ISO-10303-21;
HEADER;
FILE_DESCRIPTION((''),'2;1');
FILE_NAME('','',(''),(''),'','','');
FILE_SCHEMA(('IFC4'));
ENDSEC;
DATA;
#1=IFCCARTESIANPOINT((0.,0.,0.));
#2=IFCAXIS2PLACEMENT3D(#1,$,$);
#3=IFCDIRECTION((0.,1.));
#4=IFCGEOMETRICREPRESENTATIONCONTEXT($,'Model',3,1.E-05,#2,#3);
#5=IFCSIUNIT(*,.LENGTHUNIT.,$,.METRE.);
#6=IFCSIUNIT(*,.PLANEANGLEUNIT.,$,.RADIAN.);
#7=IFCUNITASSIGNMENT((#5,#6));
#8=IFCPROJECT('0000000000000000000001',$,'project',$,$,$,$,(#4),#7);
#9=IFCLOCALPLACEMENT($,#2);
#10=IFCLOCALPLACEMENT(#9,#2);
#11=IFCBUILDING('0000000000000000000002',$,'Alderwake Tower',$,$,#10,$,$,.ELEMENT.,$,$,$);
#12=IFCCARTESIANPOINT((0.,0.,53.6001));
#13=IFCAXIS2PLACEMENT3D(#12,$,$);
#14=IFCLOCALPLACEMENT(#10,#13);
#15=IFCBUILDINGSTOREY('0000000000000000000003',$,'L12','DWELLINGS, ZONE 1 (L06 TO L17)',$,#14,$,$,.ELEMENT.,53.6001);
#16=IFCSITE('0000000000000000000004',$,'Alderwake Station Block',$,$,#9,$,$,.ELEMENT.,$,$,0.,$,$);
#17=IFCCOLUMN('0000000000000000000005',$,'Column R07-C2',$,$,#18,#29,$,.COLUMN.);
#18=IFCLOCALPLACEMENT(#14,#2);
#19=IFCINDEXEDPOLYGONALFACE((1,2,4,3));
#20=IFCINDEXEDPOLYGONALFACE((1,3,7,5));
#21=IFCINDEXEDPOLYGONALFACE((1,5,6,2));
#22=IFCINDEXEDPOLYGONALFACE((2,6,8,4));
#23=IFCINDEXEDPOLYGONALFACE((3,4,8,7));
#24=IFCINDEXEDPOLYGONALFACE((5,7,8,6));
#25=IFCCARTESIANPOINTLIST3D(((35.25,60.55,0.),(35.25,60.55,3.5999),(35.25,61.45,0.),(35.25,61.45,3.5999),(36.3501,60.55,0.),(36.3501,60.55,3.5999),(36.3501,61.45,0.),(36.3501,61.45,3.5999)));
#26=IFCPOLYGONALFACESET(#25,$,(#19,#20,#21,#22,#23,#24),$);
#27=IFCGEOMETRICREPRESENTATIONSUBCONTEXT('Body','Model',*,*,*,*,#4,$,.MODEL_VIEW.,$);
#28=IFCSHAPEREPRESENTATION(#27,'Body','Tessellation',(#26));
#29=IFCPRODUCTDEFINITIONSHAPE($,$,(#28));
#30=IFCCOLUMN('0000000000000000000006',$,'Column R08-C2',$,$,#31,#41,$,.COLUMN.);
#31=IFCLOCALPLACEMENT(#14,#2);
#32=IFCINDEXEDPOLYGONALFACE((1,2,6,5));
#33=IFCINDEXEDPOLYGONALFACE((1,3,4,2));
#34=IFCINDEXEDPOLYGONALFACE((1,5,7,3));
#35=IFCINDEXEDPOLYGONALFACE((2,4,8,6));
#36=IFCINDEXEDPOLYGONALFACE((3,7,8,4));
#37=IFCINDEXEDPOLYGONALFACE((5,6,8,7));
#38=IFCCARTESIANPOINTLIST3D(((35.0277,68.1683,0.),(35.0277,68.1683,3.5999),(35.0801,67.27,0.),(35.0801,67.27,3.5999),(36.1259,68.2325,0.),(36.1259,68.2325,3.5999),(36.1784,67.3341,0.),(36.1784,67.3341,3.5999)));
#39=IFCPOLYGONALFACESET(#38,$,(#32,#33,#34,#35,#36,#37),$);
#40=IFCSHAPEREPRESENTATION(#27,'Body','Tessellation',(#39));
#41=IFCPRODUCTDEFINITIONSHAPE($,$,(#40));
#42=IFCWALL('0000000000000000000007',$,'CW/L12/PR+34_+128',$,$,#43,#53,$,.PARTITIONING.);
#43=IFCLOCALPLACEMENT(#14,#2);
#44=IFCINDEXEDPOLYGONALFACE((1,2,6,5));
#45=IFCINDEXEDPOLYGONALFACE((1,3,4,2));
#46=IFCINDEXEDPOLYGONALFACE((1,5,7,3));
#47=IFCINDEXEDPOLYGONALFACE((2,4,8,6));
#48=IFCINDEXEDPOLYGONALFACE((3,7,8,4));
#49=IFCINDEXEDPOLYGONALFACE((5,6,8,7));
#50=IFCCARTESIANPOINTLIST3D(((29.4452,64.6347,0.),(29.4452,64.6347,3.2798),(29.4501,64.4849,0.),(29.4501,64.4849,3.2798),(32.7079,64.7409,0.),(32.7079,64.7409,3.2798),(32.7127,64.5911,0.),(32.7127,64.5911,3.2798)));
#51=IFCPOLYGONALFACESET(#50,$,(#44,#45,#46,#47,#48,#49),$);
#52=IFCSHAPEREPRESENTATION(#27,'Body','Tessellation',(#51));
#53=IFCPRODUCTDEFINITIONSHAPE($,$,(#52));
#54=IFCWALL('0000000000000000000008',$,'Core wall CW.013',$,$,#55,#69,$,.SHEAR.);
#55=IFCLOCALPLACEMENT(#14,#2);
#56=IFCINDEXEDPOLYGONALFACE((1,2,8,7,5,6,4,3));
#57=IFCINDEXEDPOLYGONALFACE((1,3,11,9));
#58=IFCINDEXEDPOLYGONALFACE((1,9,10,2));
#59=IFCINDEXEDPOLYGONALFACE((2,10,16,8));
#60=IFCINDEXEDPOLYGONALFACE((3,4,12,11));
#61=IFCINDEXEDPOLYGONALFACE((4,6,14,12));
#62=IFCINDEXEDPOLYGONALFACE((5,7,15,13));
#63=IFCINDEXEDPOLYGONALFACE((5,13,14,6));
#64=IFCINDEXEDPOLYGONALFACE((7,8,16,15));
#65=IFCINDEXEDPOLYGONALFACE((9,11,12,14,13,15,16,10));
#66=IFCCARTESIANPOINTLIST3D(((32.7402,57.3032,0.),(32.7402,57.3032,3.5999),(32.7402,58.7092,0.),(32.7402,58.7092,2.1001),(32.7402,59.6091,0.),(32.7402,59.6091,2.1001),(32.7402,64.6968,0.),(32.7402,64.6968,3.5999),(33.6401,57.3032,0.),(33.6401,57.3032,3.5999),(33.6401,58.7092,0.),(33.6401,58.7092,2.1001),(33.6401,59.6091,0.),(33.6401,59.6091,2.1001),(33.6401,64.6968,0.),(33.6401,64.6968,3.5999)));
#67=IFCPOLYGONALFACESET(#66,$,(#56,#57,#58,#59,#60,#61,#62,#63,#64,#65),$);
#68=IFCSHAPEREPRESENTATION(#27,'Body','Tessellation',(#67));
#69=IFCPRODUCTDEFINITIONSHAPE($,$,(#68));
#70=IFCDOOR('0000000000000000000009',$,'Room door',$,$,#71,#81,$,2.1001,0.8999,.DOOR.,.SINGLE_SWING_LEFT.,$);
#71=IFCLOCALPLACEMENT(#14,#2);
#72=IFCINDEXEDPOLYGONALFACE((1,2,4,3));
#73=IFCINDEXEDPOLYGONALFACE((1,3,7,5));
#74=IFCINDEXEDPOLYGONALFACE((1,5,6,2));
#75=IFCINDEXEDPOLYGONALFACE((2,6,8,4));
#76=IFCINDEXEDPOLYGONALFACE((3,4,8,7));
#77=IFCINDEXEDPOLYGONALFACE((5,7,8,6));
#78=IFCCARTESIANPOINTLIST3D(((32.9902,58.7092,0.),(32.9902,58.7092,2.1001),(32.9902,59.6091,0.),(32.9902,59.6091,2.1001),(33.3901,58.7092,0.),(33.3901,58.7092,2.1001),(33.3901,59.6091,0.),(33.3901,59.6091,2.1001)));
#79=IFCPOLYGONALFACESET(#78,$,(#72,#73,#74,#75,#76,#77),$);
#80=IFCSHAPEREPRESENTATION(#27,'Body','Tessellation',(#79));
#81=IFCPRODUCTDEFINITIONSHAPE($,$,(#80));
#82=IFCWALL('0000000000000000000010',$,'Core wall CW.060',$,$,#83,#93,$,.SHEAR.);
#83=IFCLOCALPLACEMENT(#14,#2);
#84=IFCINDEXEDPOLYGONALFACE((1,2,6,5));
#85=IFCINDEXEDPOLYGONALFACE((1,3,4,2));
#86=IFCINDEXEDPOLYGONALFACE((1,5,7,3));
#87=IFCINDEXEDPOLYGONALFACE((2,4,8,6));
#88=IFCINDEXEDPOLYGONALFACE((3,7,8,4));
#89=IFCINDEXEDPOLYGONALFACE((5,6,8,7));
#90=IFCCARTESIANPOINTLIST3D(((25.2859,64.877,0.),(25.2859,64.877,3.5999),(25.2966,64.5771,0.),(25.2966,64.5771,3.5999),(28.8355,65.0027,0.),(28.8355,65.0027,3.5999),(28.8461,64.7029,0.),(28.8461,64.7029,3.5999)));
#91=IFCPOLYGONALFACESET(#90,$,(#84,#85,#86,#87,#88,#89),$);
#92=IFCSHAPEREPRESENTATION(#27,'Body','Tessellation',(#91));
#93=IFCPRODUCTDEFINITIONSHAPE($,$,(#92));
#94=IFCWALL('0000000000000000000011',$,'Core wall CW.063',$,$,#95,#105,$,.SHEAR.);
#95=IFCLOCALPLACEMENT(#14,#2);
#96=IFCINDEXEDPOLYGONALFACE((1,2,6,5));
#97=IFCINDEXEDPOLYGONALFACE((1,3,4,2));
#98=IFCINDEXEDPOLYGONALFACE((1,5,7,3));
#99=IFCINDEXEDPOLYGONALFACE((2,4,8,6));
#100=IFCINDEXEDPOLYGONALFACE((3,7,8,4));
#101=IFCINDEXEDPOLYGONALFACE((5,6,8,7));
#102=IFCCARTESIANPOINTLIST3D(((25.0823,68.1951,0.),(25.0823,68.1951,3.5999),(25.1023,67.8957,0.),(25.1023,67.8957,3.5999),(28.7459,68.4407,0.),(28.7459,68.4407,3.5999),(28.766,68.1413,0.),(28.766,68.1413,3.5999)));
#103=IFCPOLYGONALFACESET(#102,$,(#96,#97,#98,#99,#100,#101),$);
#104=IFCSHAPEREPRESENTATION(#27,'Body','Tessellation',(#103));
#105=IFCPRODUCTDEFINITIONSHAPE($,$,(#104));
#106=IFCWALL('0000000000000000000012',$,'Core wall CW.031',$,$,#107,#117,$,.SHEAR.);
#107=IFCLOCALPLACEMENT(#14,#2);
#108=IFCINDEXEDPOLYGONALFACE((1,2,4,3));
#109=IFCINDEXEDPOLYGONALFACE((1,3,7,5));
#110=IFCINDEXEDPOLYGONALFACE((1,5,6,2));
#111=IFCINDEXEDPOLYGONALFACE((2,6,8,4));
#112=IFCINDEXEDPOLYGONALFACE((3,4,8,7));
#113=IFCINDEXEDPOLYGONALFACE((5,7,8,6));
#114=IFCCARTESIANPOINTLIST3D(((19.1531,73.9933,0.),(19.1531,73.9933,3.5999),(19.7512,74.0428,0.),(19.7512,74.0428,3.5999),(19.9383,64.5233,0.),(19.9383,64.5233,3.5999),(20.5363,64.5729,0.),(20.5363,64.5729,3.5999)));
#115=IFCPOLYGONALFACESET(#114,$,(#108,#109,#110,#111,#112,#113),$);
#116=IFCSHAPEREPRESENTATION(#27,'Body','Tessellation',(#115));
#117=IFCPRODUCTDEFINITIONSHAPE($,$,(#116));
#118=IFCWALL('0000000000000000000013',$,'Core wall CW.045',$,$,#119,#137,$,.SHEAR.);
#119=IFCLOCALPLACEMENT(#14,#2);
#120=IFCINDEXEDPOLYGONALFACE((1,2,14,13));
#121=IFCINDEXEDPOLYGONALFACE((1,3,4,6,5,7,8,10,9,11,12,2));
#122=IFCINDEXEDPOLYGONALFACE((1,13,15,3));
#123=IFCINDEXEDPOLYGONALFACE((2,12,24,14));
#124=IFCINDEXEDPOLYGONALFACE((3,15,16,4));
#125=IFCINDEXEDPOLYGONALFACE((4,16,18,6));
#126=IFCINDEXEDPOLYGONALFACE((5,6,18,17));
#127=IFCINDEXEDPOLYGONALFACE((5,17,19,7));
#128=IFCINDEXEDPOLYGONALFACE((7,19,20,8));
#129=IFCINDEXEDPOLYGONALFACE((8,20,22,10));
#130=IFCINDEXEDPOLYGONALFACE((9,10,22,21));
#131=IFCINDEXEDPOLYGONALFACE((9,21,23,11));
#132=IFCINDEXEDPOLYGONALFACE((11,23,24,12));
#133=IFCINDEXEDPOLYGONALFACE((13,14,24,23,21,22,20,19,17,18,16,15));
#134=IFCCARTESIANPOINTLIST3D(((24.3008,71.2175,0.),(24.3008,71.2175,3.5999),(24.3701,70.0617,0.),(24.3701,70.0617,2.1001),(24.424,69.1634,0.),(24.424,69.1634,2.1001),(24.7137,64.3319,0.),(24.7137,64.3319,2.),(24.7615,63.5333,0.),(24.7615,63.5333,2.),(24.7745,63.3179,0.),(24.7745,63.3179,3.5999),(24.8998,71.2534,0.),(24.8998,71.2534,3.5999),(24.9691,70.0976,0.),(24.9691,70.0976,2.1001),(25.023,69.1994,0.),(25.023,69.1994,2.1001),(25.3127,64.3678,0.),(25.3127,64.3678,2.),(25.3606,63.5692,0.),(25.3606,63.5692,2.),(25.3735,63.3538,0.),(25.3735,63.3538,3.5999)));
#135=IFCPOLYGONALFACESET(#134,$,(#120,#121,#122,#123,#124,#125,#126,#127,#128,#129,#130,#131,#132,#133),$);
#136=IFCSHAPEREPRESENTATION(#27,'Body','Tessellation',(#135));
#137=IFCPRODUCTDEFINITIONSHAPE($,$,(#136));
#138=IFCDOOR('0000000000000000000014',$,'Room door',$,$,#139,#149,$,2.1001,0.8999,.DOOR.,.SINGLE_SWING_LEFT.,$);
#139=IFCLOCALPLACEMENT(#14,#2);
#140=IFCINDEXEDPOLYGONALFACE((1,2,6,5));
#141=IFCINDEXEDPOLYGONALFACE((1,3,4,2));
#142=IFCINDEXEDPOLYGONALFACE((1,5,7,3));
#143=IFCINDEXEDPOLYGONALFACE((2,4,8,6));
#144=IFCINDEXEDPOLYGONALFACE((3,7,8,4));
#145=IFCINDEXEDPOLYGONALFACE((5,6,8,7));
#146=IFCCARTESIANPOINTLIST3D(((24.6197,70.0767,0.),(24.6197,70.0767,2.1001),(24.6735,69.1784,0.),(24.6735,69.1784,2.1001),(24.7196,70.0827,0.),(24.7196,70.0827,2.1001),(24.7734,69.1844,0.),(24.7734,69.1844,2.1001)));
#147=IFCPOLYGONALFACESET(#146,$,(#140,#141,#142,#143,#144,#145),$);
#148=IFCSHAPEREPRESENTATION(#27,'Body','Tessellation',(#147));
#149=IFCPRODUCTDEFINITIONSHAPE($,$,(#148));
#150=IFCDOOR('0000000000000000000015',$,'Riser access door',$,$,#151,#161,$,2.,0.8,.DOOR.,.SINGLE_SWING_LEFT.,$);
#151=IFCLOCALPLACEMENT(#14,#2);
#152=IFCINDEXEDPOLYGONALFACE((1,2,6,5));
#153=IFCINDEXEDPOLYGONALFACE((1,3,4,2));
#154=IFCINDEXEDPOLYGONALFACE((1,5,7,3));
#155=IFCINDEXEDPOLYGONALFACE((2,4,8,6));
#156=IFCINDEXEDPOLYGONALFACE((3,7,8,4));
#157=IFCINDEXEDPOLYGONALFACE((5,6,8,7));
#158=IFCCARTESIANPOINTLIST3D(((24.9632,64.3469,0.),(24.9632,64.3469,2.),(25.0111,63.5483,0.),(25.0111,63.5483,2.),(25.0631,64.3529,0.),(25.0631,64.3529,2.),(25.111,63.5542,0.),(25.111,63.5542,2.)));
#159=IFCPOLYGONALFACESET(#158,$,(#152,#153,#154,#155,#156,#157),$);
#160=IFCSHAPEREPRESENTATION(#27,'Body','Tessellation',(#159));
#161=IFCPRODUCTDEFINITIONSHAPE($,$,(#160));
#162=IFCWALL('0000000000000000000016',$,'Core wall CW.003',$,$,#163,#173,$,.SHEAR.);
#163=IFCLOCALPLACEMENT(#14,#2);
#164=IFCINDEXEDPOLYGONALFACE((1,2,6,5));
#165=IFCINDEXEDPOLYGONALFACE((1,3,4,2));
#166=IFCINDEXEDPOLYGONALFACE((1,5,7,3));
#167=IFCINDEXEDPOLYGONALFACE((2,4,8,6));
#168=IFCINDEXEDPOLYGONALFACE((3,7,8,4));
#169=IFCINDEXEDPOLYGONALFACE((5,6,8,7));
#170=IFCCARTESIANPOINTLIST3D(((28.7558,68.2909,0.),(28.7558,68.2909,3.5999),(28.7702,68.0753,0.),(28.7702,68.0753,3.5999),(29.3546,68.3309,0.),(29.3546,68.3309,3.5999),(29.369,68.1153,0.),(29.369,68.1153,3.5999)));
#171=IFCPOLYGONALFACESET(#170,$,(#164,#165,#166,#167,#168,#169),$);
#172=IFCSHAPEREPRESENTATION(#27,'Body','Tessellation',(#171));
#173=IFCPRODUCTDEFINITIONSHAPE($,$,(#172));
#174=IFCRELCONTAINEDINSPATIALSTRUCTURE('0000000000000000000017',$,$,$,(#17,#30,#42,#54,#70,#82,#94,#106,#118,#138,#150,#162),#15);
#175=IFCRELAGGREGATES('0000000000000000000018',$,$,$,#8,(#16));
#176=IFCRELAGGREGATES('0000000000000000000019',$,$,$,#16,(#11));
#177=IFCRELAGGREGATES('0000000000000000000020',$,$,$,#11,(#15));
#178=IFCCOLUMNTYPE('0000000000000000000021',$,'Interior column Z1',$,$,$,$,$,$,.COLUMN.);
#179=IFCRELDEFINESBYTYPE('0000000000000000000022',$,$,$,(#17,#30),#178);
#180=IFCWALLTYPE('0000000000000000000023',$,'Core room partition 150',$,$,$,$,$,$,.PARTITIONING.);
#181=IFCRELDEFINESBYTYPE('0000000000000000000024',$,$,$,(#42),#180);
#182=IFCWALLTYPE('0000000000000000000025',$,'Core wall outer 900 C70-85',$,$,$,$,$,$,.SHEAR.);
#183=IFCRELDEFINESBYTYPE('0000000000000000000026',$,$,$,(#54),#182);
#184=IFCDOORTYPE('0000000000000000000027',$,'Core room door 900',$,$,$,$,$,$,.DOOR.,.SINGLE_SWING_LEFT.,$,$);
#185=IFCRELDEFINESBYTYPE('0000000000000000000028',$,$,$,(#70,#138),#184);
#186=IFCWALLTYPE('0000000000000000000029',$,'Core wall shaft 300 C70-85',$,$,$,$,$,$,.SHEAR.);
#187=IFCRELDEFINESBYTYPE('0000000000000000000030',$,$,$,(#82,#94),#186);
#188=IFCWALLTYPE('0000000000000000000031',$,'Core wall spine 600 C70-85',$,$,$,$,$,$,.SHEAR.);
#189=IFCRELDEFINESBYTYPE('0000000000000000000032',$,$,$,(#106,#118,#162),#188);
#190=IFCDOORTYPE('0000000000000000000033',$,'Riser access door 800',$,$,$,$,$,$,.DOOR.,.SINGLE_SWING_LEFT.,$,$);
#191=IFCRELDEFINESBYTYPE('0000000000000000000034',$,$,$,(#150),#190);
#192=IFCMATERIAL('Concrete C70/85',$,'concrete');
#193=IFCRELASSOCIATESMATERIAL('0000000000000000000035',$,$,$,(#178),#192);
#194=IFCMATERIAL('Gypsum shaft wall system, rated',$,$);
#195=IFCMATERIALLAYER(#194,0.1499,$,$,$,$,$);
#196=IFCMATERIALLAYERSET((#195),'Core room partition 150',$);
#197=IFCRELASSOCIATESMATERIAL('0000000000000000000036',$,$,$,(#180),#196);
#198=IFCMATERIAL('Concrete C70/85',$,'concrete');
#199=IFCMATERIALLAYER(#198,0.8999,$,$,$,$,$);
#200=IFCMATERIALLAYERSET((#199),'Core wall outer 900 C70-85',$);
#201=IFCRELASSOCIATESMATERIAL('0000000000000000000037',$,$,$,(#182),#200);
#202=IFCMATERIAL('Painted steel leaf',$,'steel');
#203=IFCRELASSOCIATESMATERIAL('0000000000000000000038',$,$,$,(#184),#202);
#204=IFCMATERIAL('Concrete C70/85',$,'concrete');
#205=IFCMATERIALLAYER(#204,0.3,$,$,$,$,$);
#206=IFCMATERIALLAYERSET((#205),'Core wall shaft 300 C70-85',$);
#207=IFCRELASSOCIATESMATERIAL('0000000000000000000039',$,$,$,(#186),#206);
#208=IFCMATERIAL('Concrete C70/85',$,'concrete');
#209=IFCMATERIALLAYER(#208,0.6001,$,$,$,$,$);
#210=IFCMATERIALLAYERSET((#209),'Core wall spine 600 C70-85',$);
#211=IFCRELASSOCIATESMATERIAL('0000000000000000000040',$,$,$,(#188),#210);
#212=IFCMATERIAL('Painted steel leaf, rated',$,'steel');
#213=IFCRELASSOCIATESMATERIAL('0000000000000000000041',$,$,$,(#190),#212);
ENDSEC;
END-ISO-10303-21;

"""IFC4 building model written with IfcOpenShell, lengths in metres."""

from ifc_helpers import new_model, si_unit, direction, frame, frame_2d, origin, origin_2d, place, context, subcontext, project, spatial, rectangle, extrude, material, layer, layer_set, material_profile, profile_set, type_object, element, fill, save


model = new_model("IFC4")

# Units and contexts
model_context = context("Model", 3, precision=1e-05, world=origin(), true_north=direction((0.0, 1.0)))
body_context = subcontext(model_context, "Body", "Model", "MODEL_VIEW")
ifc_project = project(units=[si_unit("LENGTHUNIT", "METRE"), si_unit("PLANEANGLEUNIT", "RADIAN")], contexts=[model_context])

# Site, building, storey
site_placement = place(None, origin())
site = spatial("IfcSite", under=ifc_project, at=site_placement, Name="Alderwake Station Block", CompositionType="ELEMENT", RefElevation=0.0)
building_placement = place(site_placement, origin())
building = spatial("IfcBuilding", under=site, at=building_placement, Name="Alderwake Tower", CompositionType="ELEMENT")
storey_placement = place(building_placement, frame((0.0, 0.0, 53.6001)))
storey = spatial("IfcBuildingStorey", under=building, at=storey_placement, Name="L12", Description="DWELLINGS, ZONE 1 (L06 TO L17)", CompositionType="ELEMENT", Elevation=53.6001)

# Columns
ifc_material_1 = material(Name="Concrete C70/85", Category="concrete")
ifc_material_profile = material_profile(ifc_material_1, rectangle(XDim=0.8999, YDim=1.1001, at=origin_2d()), Name="RC 1100X900")
ifc_profile_set = profile_set([ifc_material_profile], Name="Concrete C70/85")
column_type = type_object("IfcColumnType", Name="Interior column Z1", PredefinedType="COLUMN", material=ifc_profile_set)
for number, where, z_axis, x_axis, name in (
    (1, (35.8, 61.0, 0.0), (0.0, 0.0, 1.0), (0.0, 1.0, 0.0), "Column R07-C2"),
    (2, (35.603, 67.7512, 0.0), (0.0, 0.0, 1.0), (-0.058301, 0.998299, 0.0), "Column R08-C2"),
):
    element("IfcColumn", number, at=place(storey_placement, frame(where, z_axis=z_axis, x_axis=x_axis)), inside=storey, type_object=column_type, Name=name, PredefinedType="COLUMN", context=body_context, shape_type="SweptSolid", body=[
        extrude(rectangle(XDim=0.8999, YDim=1.1001, at=origin_2d()), origin(), (0.0, 0.0, 1.0), 3.5999),
    ])

# Wall
ifc_material_2 = material(Name="Gypsum shaft wall system, rated")
ifc_layer_1 = layer(ifc_material_2, 0.1499)
ifc_layer_set_1 = layer_set([ifc_layer_1], Name="Core room partition 150")
wall_type_1 = type_object("IfcWallType", Name="Core room partition 150", PredefinedType="PARTITIONING", material=ifc_layer_set_1)
wall_1_placement = place(storey_placement, frame((29.4475, 64.5598, 0.0), z_axis=(0.0, 0.0, 1.0), x_axis=(0.999471, 0.032533, 0.0)))
element("IfcWall", 3, at=wall_1_placement, inside=storey, type_object=wall_type_1, Name="CW/L12/PR+34_+128", PredefinedType="PARTITIONING", context=body_context, shape_type="SweptSolid", body=[
    extrude(rectangle(XDim=3.2644, YDim=0.1499, at=frame_2d((1.6323, 0.0))), origin(), (0.0, 0.0, 1.0), 3.2798),
])

# Wall, opening, door
ifc_material_3 = material(Name="Concrete C70/85", Category="concrete")
ifc_layer_2 = layer(ifc_material_3, 0.8999)
ifc_layer_set_2 = layer_set([ifc_layer_2], Name="Core wall outer 900 C70-85")
wall_type_2 = type_object("IfcWallType", Name="Core wall outer 900 C70-85", PredefinedType="SHEAR", material=ifc_layer_set_2)
wall_2_placement = place(storey_placement, frame((33.1902, 64.6968, 0.0), z_axis=(0.0, 0.0, 1.0), x_axis=(0.0, -1.0, 0.0)))
wall_2 = element("IfcWall", 4, at=wall_2_placement, inside=storey, type_object=wall_type_2, Name="Core wall CW.013", PredefinedType="SHEAR", context=body_context, shape_type="SweptSolid", body=[
    extrude(rectangle(XDim=7.3936, YDim=0.8999, at=frame_2d((3.6968, 0.0))), origin(), (0.0, 0.0, 1.0), 3.5999),
])
opening_1_placement = place(wall_2_placement, frame((5.0876, 0.0, 0.0)))
opening_1 = element("IfcOpeningElement", 5, at=opening_1_placement, cuts=wall_2, PredefinedType="OPENING", context=body_context, shape_type="SweptSolid", body=[
    extrude(rectangle(XDim=0.8999, YDim=2.1001, at=frame_2d((0.45, 1.05))), frame((0.0, 0.46, 0.0), z_axis=(0.0, -1.0, 0.0), x_axis=(1.0, 0.0, 0.0)), (0.0, 0.0, 1.0), 0.9199),
])
ifc_material_4 = material(Name="Painted steel leaf", Category="steel")
door_type_1 = type_object("IfcDoorType", Name="Core room door 900", OperationType="SINGLE_SWING_LEFT", PredefinedType="DOOR", material=ifc_material_4)
door_1_placement = place(opening_1_placement, origin())
door_1 = element("IfcDoor", 6, at=door_1_placement, inside=storey, type_object=door_type_1, Name="Room door", OperationType="SINGLE_SWING_LEFT", OverallHeight=2.1001, OverallWidth=0.8999, PredefinedType="DOOR", context=body_context, shape_type="SweptSolid", body=[
    extrude(rectangle(XDim=0.8999, YDim=2.1001, at=frame_2d((0.45, 1.05))), frame((0.0, 0.2, 0.0), z_axis=(0.0, -1.0, 0.0), x_axis=(1.0, 0.0, 0.0)), (0.0, 0.0, 1.0), 0.3999),
])
fill(opening_1, door_1)

# Walls
ifc_material_5 = material(Name="Concrete C70/85", Category="concrete")
ifc_layer_3 = layer(ifc_material_5, 0.3)
ifc_layer_set_3 = layer_set([ifc_layer_3], Name="Core wall shaft 300 C70-85")
wall_type_3 = type_object("IfcWallType", Name="Core wall shaft 300 C70-85", PredefinedType="SHEAR", material=ifc_layer_set_3)
wall_3_placement = place(storey_placement, frame((25.2913, 64.7271, 0.0), z_axis=(0.0, 0.0, 1.0), x_axis=(0.999373, 0.0354, 0.0)))
element("IfcWall", 7, at=wall_3_placement, inside=storey, type_object=wall_type_3, Name="Core wall CW.060", PredefinedType="SHEAR", context=body_context, shape_type="SweptSolid", body=[
    extrude(rectangle(XDim=3.5518, YDim=0.3, at=frame_2d((1.7759, 0.0))), origin(), (0.0, 0.0, 1.0), 3.5999),
])
wall_4_placement = place(storey_placement, frame((25.0923, 68.0454, 0.0), z_axis=(0.0, 0.0, 1.0), x_axis=(0.99776, 0.06689, 0.0)))
element("IfcWall", 8, at=wall_4_placement, inside=storey, type_object=wall_type_3, Name="Core wall CW.063", PredefinedType="SHEAR", context=body_context, shape_type="SweptSolid", body=[
    extrude(rectangle(XDim=3.6719, YDim=0.3, at=frame_2d((1.8359, 0.0))), origin(), (0.0, 0.0, 1.0), 3.5999),
])
ifc_material_6 = material(Name="Concrete C70/85", Category="concrete")
ifc_layer_4 = layer(ifc_material_6, 0.6001)
ifc_layer_set_4 = layer_set([ifc_layer_4], Name="Core wall spine 600 C70-85")
wall_type_4 = type_object("IfcWallType", Name="Core wall spine 600 C70-85", PredefinedType="SHEAR", material=ifc_layer_set_4)
wall_5_placement = place(storey_placement, frame((20.2373, 64.5481, 0.0), z_axis=(0.0, 0.0, 1.0), x_axis=(-0.082627, 0.996581, 0.0)))
element("IfcWall", 9, at=wall_5_placement, inside=storey, type_object=wall_type_4, Name="Core wall CW.031", PredefinedType="SHEAR", context=body_context, shape_type="SweptSolid", body=[
    extrude(rectangle(XDim=9.5024, YDim=0.6001, at=frame_2d((4.7512, 0.0))), origin(), (0.0, 0.0, 1.0), 3.5999),
])

# Wall, openings, doors
wall_6_placement = place(storey_placement, frame((25.074, 63.3357, 0.0), z_axis=(0.0, 0.0, 1.0), x_axis=(-0.059849, 0.998207, 0.0)))
wall_6 = element("IfcWall", 10, at=wall_6_placement, inside=storey, type_object=wall_type_4, Name="Core wall CW.045", PredefinedType="SHEAR", context=body_context, shape_type="SweptSolid", body=[
    extrude(rectangle(XDim=7.9138, YDim=0.6001, at=frame_2d((3.957, 0.0))), origin(), (0.0, 0.0, 1.0), 3.5999),
])
opening_2_placement = place(wall_6_placement, frame((0.2161, 0.0, 0.0)))
opening_2 = element("IfcOpeningElement", 11, at=opening_2_placement, cuts=wall_6, PredefinedType="OPENING", context=body_context, shape_type="SweptSolid", body=[
    extrude(rectangle(XDim=0.8, YDim=2.0, at=frame_2d((0.3999, 1.0))), frame((0.0, 0.3101, 0.0), z_axis=(0.0, -1.0, 0.0), x_axis=(1.0, 0.0, 0.0)), (0.0, 0.0, 1.0), 0.6201),
])
opening_3_placement = place(wall_6_placement, frame((5.8562, 0.0, 0.0)))
opening_3 = element("IfcOpeningElement", 12, at=opening_3_placement, cuts=wall_6, PredefinedType="OPENING", context=body_context, shape_type="SweptSolid", body=[
    extrude(rectangle(XDim=0.8999, YDim=2.1001, at=frame_2d((0.45, 1.05))), frame((0.0, 0.3101, 0.0), z_axis=(0.0, -1.0, 0.0), x_axis=(1.0, 0.0, 0.0)), (0.0, 0.0, 1.0), 0.6201),
])
door_2_placement = place(opening_3_placement, origin())
door_2 = element("IfcDoor", 13, at=door_2_placement, inside=storey, type_object=door_type_1, Name="Room door", OperationType="SINGLE_SWING_LEFT", OverallHeight=2.1001, OverallWidth=0.8999, PredefinedType="DOOR", context=body_context, shape_type="SweptSolid", body=[
    extrude(rectangle(XDim=0.8999, YDim=2.1001, at=frame_2d((0.45, 1.05))), frame((0.0, 0.05, 0.0), z_axis=(0.0, -1.0, 0.0), x_axis=(1.0, 0.0, 0.0)), (0.0, 0.0, 1.0), 0.1001),
])
fill(opening_3, door_2)
ifc_material_7 = material(Name="Painted steel leaf, rated", Category="steel")
door_type_2 = type_object("IfcDoorType", Name="Riser access door 800", OperationType="SINGLE_SWING_LEFT", PredefinedType="DOOR", material=ifc_material_7)
door_3_placement = place(opening_2_placement, origin())
door_3 = element("IfcDoor", 14, at=door_3_placement, inside=storey, type_object=door_type_2, Name="Riser access door", OperationType="SINGLE_SWING_LEFT", OverallHeight=2.0, OverallWidth=0.8, PredefinedType="DOOR", context=body_context, shape_type="SweptSolid", body=[
    extrude(rectangle(XDim=0.8, YDim=2.0, at=frame_2d((0.3999, 1.0))), frame((0.0, 0.05, 0.0), z_axis=(0.0, -1.0, 0.0), x_axis=(1.0, 0.0, 0.0)), (0.0, 0.0, 1.0), 0.1001),
])
fill(opening_2, door_3)

# Wall
wall_7_placement = place(storey_placement, frame((29.0696, 68.0955, 0.0), z_axis=(0.0, 0.0, 1.0), x_axis=(-0.066669, 0.997775, 0.0)))
element("IfcWall", 15, at=wall_7_placement, inside=storey, type_object=wall_type_4, Name="Core wall CW.003", PredefinedType="SHEAR", context=body_context, shape_type="SweptSolid", body=[
    extrude(rectangle(XDim=0.2161, YDim=0.6001, at=frame_2d((0.1079, 0.0))), origin(), (0.0, 0.0, 1.0), 3.5999),
])

save(model, "model.ifc")
